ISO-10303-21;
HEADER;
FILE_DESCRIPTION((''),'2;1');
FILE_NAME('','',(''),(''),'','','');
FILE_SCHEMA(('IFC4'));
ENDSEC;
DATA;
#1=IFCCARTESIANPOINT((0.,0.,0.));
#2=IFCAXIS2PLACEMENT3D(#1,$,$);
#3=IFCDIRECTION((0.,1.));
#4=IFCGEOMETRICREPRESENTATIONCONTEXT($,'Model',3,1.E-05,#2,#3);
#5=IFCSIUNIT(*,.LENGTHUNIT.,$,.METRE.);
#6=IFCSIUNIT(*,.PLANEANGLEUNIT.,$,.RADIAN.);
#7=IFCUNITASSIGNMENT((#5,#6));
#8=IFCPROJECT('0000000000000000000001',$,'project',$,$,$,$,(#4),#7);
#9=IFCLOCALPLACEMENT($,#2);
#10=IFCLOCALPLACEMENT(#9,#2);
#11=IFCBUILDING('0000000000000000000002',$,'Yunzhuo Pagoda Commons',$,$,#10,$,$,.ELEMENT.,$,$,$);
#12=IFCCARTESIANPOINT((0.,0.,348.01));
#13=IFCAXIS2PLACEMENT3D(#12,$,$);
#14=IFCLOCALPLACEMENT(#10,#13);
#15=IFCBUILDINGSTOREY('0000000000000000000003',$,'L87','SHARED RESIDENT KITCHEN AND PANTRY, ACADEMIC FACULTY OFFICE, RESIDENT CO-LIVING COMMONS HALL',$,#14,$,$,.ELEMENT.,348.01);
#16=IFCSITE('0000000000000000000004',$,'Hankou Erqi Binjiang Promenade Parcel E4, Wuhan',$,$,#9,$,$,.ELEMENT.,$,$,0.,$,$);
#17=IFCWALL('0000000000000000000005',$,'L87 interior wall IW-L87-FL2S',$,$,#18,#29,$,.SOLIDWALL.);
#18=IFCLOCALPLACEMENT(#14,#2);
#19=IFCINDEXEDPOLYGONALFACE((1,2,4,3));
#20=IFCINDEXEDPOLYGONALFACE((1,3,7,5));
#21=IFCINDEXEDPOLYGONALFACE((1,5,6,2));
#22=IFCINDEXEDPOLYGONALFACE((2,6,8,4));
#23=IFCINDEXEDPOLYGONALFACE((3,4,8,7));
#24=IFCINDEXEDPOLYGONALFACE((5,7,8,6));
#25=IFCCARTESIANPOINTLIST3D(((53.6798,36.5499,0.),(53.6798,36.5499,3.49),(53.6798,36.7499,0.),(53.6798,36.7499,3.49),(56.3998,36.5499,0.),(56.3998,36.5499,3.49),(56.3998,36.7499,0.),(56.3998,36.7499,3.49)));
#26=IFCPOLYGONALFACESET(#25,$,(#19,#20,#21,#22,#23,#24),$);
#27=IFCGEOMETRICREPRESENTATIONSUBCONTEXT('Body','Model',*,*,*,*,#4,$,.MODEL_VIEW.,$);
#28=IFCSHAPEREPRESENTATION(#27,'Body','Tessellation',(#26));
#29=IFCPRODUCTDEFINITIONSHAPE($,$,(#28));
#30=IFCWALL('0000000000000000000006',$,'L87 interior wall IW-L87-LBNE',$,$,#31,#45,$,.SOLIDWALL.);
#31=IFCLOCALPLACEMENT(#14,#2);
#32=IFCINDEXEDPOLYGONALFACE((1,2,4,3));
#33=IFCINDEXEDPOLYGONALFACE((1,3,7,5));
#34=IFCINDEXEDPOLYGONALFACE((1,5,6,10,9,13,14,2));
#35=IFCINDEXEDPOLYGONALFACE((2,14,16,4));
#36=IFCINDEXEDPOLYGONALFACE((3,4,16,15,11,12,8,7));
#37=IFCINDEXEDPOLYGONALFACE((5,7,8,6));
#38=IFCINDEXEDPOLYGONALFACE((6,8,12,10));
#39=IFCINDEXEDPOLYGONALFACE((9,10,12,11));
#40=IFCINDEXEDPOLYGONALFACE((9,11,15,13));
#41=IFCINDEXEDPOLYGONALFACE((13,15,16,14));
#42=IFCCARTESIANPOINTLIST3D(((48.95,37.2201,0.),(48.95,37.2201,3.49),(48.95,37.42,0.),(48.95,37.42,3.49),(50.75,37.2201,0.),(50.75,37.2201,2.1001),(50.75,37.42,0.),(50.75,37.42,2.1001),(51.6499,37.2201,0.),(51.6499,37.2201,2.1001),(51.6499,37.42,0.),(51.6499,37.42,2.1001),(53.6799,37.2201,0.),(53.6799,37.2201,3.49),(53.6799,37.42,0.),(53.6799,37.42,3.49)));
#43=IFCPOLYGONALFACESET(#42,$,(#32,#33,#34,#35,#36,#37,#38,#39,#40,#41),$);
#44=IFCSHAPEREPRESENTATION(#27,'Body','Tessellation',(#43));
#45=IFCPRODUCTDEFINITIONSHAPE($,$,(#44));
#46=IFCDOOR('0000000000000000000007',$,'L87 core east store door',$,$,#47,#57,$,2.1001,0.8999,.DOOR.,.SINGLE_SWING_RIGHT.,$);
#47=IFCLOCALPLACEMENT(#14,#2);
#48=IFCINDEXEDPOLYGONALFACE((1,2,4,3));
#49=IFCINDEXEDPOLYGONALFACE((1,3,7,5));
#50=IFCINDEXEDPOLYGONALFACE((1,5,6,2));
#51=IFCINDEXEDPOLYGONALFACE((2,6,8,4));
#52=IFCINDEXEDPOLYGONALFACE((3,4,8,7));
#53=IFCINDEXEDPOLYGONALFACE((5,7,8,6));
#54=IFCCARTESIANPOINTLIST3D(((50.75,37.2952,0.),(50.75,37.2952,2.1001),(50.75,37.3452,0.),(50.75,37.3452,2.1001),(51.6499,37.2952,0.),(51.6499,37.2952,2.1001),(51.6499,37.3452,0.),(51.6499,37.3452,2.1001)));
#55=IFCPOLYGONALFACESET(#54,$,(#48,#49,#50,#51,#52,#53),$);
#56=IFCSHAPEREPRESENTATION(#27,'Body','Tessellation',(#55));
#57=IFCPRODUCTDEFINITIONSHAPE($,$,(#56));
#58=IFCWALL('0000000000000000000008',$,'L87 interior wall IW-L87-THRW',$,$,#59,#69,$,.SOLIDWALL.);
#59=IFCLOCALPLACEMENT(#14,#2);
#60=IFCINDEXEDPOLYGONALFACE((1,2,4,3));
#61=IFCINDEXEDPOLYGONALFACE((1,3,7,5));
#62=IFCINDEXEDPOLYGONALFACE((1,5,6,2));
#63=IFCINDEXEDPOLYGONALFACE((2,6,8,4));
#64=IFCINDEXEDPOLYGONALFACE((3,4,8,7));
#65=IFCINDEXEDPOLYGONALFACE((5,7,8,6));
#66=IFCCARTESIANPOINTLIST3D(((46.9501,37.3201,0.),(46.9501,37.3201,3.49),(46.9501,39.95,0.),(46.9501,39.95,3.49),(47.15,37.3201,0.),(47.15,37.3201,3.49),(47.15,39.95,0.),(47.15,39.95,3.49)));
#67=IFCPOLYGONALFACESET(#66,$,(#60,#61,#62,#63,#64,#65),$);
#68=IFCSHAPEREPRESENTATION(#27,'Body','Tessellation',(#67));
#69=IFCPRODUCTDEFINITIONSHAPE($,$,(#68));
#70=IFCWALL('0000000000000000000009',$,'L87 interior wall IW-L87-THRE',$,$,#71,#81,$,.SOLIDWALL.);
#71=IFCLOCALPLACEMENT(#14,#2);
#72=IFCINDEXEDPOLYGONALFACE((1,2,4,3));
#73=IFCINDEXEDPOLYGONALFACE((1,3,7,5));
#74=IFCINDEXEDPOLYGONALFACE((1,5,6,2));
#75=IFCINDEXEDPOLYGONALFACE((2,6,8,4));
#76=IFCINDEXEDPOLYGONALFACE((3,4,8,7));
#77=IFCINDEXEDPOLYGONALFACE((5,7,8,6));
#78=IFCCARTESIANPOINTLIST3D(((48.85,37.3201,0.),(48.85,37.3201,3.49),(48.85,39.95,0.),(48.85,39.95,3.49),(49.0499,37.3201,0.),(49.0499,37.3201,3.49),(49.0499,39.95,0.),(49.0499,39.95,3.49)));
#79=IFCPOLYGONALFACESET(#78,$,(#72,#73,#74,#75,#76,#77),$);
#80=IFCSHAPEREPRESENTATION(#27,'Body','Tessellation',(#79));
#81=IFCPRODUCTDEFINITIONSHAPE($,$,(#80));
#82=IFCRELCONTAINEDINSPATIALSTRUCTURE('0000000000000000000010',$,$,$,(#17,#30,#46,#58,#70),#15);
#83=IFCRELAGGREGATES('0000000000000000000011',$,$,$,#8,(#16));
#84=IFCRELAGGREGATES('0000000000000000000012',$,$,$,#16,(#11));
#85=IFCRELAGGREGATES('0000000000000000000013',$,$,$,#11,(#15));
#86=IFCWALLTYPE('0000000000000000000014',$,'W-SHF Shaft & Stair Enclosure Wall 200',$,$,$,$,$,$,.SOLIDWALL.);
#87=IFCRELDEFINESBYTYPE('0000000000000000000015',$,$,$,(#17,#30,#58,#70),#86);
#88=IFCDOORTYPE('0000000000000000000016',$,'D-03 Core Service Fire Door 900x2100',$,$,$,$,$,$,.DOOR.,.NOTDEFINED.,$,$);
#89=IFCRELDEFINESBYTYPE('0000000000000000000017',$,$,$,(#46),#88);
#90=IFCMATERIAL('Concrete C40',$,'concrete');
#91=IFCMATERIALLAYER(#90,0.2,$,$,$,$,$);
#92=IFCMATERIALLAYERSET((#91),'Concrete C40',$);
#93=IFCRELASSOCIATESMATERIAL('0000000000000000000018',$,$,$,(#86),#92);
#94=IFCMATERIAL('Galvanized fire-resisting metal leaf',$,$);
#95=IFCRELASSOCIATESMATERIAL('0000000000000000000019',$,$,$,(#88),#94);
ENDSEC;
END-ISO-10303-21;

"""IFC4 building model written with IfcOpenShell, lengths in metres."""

from ifc_helpers import new_model, si_unit, direction, frame, frame_2d, origin, place, context, subcontext, project, spatial, rectangle, extrude, source, transform, mapped, material, layer, layer_set, type_object, element, fill, save


model = new_model("IFC4")

# Units and contexts
model_context = context("Model", 3, precision=1e-05, world=origin(), true_north=direction((0.0, 1.0)))
body_context = subcontext(model_context, "Body", "Model", "MODEL_VIEW")
ifc_project = project(units=[si_unit("LENGTHUNIT", "METRE"), si_unit("PLANEANGLEUNIT", "RADIAN")], contexts=[model_context])

# Site, building, storey
site_placement = place(None, origin())
site = spatial("IfcSite", under=ifc_project, at=site_placement, Name="Hankou Erqi Binjiang Promenade Parcel E4, Wuhan", CompositionType="ELEMENT", RefElevation=0.0)
building_placement = place(site_placement, origin())
building = spatial("IfcBuilding", under=site, at=building_placement, Name="Yunzhuo Pagoda Commons", CompositionType="ELEMENT")
storey_placement = place(building_placement, frame((0.0, 0.0, 348.01)))
storey = spatial("IfcBuildingStorey", under=building, at=storey_placement, Name="L87", Description="SHARED RESIDENT KITCHEN AND PANTRY, ACADEMIC FACULTY OFFICE, RESIDENT CO-LIVING COMMONS HALL", CompositionType="ELEMENT", Elevation=348.01)

# Shared definitions
ifc_material_1 = material(Name="Galvanized fire-resisting metal leaf")

# Wall
ifc_material_2 = material(Name="Concrete C40", Category="concrete")
ifc_layer_1 = layer(ifc_material_2, 0.2)
ifc_layer_set_1 = layer_set([ifc_layer_1], Name="Concrete C40")
wall_type_1 = type_object("IfcWallType", Name="W-SHF Shaft & Stair Enclosure Wall 200", PredefinedType="SOLIDWALL", material=ifc_layer_set_1)
wall_1_placement = place(storey_placement, frame((53.6799, 36.6499, 0.0), z_axis=(0.0, 0.0, 1.0), x_axis=(1.0, 0.0, 0.0)))
element("IfcWall", 1, at=wall_1_placement, inside=storey, type_object=wall_type_1, Name="L87 interior wall IW-L87-FL2S", PredefinedType="SOLIDWALL", context=body_context, shape_type="SweptSolid", body=[
    extrude(rectangle(XDim=2.72, YDim=0.2, at=frame_2d((1.3599, 0.0))), origin(), (0.0, 0.0, 1.0), 3.49),
])

# Wall, opening, door
wall_2_placement = place(storey_placement, frame((48.95, 37.3201, 0.0), z_axis=(0.0, 0.0, 1.0), x_axis=(1.0, 0.0, 0.0)))
wall_2 = element("IfcWall", 2, at=wall_2_placement, inside=storey, type_object=wall_type_1, Name="L87 interior wall IW-L87-LBNE", PredefinedType="SOLIDWALL", context=body_context, shape_type="SweptSolid", body=[
    extrude(rectangle(XDim=4.73, YDim=0.2, at=frame_2d((2.365, 0.0))), origin(), (0.0, 0.0, 1.0), 3.49),
])
opening_1_placement = place(wall_2_placement, frame((1.8, 0.0, 0.0)))
opening_1 = element("IfcOpeningElement", 3, at=opening_1_placement, cuts=wall_2, PredefinedType="OPENING", context=body_context, shape_type="SweptSolid", body=[
    extrude(rectangle(XDim=0.8999, YDim=2.1001, at=frame_2d((0.45, 1.05))), frame((0.0, 0.1099, 0.0), z_axis=(0.0, -1.0, 0.0), x_axis=(1.0, 0.0, 0.0)), (0.0, 0.0, 1.0), 0.22),
])
door_type_1 = type_object("IfcDoorType", Name="D-03 Core Service Fire Door 900x2100", OperationType="NOTDEFINED", PredefinedType="DOOR", material=ifc_material_1)
shared_shape_1 = source(origin(), body_context, "Body", "SweptSolid", [
    extrude(rectangle(XDim=0.8999, YDim=2.1001, at=frame_2d((0.45, 1.05))), frame((0.0, 0.0249, 0.0), z_axis=(0.0, -1.0, 0.0), x_axis=(1.0, 0.0, 0.0)), (0.0, 0.0, 1.0), 0.05),
])
door_1_placement = place(opening_1_placement, frame((0.8999, 0.0, 0.0), z_axis=(0.0, 0.0, 1.0), x_axis=(-1.0, 0.0, 0.0)))
door_1 = element("IfcDoor", 4, at=door_1_placement, inside=storey, type_object=door_type_1, Name="L87 core east store door", OperationType="SINGLE_SWING_RIGHT", OverallHeight=2.1001, OverallWidth=0.8999, PredefinedType="DOOR", context=body_context, shape_type="MappedRepresentation", body=[
    mapped(shared_shape_1, transform((0.0, 0.0, 0.0), scale=1.0)),
])
fill(opening_1, door_1)

# Walls
for number, where, z_axis, x_axis, name in (
    (5, (47.05, 37.3201, 0.0), (0.0, 0.0, 1.0), (0.0, 1.0, 0.0), "L87 interior wall IW-L87-THRW"),
    (6, (48.95, 37.3201, 0.0), (0.0, 0.0, 1.0), (0.0, 1.0, 0.0), "L87 interior wall IW-L87-THRE"),
):
    element("IfcWall", number, at=place(storey_placement, frame(where, z_axis=z_axis, x_axis=x_axis)), inside=storey, type_object=wall_type_1, Name=name, PredefinedType="SOLIDWALL", context=body_context, shape_type="SweptSolid", body=[
        extrude(rectangle(XDim=2.6299, YDim=0.2, at=frame_2d((1.3149, 0.0))), origin(), (0.0, 0.0, 1.0), 3.49),
    ])

save(model, "model.ifc")
